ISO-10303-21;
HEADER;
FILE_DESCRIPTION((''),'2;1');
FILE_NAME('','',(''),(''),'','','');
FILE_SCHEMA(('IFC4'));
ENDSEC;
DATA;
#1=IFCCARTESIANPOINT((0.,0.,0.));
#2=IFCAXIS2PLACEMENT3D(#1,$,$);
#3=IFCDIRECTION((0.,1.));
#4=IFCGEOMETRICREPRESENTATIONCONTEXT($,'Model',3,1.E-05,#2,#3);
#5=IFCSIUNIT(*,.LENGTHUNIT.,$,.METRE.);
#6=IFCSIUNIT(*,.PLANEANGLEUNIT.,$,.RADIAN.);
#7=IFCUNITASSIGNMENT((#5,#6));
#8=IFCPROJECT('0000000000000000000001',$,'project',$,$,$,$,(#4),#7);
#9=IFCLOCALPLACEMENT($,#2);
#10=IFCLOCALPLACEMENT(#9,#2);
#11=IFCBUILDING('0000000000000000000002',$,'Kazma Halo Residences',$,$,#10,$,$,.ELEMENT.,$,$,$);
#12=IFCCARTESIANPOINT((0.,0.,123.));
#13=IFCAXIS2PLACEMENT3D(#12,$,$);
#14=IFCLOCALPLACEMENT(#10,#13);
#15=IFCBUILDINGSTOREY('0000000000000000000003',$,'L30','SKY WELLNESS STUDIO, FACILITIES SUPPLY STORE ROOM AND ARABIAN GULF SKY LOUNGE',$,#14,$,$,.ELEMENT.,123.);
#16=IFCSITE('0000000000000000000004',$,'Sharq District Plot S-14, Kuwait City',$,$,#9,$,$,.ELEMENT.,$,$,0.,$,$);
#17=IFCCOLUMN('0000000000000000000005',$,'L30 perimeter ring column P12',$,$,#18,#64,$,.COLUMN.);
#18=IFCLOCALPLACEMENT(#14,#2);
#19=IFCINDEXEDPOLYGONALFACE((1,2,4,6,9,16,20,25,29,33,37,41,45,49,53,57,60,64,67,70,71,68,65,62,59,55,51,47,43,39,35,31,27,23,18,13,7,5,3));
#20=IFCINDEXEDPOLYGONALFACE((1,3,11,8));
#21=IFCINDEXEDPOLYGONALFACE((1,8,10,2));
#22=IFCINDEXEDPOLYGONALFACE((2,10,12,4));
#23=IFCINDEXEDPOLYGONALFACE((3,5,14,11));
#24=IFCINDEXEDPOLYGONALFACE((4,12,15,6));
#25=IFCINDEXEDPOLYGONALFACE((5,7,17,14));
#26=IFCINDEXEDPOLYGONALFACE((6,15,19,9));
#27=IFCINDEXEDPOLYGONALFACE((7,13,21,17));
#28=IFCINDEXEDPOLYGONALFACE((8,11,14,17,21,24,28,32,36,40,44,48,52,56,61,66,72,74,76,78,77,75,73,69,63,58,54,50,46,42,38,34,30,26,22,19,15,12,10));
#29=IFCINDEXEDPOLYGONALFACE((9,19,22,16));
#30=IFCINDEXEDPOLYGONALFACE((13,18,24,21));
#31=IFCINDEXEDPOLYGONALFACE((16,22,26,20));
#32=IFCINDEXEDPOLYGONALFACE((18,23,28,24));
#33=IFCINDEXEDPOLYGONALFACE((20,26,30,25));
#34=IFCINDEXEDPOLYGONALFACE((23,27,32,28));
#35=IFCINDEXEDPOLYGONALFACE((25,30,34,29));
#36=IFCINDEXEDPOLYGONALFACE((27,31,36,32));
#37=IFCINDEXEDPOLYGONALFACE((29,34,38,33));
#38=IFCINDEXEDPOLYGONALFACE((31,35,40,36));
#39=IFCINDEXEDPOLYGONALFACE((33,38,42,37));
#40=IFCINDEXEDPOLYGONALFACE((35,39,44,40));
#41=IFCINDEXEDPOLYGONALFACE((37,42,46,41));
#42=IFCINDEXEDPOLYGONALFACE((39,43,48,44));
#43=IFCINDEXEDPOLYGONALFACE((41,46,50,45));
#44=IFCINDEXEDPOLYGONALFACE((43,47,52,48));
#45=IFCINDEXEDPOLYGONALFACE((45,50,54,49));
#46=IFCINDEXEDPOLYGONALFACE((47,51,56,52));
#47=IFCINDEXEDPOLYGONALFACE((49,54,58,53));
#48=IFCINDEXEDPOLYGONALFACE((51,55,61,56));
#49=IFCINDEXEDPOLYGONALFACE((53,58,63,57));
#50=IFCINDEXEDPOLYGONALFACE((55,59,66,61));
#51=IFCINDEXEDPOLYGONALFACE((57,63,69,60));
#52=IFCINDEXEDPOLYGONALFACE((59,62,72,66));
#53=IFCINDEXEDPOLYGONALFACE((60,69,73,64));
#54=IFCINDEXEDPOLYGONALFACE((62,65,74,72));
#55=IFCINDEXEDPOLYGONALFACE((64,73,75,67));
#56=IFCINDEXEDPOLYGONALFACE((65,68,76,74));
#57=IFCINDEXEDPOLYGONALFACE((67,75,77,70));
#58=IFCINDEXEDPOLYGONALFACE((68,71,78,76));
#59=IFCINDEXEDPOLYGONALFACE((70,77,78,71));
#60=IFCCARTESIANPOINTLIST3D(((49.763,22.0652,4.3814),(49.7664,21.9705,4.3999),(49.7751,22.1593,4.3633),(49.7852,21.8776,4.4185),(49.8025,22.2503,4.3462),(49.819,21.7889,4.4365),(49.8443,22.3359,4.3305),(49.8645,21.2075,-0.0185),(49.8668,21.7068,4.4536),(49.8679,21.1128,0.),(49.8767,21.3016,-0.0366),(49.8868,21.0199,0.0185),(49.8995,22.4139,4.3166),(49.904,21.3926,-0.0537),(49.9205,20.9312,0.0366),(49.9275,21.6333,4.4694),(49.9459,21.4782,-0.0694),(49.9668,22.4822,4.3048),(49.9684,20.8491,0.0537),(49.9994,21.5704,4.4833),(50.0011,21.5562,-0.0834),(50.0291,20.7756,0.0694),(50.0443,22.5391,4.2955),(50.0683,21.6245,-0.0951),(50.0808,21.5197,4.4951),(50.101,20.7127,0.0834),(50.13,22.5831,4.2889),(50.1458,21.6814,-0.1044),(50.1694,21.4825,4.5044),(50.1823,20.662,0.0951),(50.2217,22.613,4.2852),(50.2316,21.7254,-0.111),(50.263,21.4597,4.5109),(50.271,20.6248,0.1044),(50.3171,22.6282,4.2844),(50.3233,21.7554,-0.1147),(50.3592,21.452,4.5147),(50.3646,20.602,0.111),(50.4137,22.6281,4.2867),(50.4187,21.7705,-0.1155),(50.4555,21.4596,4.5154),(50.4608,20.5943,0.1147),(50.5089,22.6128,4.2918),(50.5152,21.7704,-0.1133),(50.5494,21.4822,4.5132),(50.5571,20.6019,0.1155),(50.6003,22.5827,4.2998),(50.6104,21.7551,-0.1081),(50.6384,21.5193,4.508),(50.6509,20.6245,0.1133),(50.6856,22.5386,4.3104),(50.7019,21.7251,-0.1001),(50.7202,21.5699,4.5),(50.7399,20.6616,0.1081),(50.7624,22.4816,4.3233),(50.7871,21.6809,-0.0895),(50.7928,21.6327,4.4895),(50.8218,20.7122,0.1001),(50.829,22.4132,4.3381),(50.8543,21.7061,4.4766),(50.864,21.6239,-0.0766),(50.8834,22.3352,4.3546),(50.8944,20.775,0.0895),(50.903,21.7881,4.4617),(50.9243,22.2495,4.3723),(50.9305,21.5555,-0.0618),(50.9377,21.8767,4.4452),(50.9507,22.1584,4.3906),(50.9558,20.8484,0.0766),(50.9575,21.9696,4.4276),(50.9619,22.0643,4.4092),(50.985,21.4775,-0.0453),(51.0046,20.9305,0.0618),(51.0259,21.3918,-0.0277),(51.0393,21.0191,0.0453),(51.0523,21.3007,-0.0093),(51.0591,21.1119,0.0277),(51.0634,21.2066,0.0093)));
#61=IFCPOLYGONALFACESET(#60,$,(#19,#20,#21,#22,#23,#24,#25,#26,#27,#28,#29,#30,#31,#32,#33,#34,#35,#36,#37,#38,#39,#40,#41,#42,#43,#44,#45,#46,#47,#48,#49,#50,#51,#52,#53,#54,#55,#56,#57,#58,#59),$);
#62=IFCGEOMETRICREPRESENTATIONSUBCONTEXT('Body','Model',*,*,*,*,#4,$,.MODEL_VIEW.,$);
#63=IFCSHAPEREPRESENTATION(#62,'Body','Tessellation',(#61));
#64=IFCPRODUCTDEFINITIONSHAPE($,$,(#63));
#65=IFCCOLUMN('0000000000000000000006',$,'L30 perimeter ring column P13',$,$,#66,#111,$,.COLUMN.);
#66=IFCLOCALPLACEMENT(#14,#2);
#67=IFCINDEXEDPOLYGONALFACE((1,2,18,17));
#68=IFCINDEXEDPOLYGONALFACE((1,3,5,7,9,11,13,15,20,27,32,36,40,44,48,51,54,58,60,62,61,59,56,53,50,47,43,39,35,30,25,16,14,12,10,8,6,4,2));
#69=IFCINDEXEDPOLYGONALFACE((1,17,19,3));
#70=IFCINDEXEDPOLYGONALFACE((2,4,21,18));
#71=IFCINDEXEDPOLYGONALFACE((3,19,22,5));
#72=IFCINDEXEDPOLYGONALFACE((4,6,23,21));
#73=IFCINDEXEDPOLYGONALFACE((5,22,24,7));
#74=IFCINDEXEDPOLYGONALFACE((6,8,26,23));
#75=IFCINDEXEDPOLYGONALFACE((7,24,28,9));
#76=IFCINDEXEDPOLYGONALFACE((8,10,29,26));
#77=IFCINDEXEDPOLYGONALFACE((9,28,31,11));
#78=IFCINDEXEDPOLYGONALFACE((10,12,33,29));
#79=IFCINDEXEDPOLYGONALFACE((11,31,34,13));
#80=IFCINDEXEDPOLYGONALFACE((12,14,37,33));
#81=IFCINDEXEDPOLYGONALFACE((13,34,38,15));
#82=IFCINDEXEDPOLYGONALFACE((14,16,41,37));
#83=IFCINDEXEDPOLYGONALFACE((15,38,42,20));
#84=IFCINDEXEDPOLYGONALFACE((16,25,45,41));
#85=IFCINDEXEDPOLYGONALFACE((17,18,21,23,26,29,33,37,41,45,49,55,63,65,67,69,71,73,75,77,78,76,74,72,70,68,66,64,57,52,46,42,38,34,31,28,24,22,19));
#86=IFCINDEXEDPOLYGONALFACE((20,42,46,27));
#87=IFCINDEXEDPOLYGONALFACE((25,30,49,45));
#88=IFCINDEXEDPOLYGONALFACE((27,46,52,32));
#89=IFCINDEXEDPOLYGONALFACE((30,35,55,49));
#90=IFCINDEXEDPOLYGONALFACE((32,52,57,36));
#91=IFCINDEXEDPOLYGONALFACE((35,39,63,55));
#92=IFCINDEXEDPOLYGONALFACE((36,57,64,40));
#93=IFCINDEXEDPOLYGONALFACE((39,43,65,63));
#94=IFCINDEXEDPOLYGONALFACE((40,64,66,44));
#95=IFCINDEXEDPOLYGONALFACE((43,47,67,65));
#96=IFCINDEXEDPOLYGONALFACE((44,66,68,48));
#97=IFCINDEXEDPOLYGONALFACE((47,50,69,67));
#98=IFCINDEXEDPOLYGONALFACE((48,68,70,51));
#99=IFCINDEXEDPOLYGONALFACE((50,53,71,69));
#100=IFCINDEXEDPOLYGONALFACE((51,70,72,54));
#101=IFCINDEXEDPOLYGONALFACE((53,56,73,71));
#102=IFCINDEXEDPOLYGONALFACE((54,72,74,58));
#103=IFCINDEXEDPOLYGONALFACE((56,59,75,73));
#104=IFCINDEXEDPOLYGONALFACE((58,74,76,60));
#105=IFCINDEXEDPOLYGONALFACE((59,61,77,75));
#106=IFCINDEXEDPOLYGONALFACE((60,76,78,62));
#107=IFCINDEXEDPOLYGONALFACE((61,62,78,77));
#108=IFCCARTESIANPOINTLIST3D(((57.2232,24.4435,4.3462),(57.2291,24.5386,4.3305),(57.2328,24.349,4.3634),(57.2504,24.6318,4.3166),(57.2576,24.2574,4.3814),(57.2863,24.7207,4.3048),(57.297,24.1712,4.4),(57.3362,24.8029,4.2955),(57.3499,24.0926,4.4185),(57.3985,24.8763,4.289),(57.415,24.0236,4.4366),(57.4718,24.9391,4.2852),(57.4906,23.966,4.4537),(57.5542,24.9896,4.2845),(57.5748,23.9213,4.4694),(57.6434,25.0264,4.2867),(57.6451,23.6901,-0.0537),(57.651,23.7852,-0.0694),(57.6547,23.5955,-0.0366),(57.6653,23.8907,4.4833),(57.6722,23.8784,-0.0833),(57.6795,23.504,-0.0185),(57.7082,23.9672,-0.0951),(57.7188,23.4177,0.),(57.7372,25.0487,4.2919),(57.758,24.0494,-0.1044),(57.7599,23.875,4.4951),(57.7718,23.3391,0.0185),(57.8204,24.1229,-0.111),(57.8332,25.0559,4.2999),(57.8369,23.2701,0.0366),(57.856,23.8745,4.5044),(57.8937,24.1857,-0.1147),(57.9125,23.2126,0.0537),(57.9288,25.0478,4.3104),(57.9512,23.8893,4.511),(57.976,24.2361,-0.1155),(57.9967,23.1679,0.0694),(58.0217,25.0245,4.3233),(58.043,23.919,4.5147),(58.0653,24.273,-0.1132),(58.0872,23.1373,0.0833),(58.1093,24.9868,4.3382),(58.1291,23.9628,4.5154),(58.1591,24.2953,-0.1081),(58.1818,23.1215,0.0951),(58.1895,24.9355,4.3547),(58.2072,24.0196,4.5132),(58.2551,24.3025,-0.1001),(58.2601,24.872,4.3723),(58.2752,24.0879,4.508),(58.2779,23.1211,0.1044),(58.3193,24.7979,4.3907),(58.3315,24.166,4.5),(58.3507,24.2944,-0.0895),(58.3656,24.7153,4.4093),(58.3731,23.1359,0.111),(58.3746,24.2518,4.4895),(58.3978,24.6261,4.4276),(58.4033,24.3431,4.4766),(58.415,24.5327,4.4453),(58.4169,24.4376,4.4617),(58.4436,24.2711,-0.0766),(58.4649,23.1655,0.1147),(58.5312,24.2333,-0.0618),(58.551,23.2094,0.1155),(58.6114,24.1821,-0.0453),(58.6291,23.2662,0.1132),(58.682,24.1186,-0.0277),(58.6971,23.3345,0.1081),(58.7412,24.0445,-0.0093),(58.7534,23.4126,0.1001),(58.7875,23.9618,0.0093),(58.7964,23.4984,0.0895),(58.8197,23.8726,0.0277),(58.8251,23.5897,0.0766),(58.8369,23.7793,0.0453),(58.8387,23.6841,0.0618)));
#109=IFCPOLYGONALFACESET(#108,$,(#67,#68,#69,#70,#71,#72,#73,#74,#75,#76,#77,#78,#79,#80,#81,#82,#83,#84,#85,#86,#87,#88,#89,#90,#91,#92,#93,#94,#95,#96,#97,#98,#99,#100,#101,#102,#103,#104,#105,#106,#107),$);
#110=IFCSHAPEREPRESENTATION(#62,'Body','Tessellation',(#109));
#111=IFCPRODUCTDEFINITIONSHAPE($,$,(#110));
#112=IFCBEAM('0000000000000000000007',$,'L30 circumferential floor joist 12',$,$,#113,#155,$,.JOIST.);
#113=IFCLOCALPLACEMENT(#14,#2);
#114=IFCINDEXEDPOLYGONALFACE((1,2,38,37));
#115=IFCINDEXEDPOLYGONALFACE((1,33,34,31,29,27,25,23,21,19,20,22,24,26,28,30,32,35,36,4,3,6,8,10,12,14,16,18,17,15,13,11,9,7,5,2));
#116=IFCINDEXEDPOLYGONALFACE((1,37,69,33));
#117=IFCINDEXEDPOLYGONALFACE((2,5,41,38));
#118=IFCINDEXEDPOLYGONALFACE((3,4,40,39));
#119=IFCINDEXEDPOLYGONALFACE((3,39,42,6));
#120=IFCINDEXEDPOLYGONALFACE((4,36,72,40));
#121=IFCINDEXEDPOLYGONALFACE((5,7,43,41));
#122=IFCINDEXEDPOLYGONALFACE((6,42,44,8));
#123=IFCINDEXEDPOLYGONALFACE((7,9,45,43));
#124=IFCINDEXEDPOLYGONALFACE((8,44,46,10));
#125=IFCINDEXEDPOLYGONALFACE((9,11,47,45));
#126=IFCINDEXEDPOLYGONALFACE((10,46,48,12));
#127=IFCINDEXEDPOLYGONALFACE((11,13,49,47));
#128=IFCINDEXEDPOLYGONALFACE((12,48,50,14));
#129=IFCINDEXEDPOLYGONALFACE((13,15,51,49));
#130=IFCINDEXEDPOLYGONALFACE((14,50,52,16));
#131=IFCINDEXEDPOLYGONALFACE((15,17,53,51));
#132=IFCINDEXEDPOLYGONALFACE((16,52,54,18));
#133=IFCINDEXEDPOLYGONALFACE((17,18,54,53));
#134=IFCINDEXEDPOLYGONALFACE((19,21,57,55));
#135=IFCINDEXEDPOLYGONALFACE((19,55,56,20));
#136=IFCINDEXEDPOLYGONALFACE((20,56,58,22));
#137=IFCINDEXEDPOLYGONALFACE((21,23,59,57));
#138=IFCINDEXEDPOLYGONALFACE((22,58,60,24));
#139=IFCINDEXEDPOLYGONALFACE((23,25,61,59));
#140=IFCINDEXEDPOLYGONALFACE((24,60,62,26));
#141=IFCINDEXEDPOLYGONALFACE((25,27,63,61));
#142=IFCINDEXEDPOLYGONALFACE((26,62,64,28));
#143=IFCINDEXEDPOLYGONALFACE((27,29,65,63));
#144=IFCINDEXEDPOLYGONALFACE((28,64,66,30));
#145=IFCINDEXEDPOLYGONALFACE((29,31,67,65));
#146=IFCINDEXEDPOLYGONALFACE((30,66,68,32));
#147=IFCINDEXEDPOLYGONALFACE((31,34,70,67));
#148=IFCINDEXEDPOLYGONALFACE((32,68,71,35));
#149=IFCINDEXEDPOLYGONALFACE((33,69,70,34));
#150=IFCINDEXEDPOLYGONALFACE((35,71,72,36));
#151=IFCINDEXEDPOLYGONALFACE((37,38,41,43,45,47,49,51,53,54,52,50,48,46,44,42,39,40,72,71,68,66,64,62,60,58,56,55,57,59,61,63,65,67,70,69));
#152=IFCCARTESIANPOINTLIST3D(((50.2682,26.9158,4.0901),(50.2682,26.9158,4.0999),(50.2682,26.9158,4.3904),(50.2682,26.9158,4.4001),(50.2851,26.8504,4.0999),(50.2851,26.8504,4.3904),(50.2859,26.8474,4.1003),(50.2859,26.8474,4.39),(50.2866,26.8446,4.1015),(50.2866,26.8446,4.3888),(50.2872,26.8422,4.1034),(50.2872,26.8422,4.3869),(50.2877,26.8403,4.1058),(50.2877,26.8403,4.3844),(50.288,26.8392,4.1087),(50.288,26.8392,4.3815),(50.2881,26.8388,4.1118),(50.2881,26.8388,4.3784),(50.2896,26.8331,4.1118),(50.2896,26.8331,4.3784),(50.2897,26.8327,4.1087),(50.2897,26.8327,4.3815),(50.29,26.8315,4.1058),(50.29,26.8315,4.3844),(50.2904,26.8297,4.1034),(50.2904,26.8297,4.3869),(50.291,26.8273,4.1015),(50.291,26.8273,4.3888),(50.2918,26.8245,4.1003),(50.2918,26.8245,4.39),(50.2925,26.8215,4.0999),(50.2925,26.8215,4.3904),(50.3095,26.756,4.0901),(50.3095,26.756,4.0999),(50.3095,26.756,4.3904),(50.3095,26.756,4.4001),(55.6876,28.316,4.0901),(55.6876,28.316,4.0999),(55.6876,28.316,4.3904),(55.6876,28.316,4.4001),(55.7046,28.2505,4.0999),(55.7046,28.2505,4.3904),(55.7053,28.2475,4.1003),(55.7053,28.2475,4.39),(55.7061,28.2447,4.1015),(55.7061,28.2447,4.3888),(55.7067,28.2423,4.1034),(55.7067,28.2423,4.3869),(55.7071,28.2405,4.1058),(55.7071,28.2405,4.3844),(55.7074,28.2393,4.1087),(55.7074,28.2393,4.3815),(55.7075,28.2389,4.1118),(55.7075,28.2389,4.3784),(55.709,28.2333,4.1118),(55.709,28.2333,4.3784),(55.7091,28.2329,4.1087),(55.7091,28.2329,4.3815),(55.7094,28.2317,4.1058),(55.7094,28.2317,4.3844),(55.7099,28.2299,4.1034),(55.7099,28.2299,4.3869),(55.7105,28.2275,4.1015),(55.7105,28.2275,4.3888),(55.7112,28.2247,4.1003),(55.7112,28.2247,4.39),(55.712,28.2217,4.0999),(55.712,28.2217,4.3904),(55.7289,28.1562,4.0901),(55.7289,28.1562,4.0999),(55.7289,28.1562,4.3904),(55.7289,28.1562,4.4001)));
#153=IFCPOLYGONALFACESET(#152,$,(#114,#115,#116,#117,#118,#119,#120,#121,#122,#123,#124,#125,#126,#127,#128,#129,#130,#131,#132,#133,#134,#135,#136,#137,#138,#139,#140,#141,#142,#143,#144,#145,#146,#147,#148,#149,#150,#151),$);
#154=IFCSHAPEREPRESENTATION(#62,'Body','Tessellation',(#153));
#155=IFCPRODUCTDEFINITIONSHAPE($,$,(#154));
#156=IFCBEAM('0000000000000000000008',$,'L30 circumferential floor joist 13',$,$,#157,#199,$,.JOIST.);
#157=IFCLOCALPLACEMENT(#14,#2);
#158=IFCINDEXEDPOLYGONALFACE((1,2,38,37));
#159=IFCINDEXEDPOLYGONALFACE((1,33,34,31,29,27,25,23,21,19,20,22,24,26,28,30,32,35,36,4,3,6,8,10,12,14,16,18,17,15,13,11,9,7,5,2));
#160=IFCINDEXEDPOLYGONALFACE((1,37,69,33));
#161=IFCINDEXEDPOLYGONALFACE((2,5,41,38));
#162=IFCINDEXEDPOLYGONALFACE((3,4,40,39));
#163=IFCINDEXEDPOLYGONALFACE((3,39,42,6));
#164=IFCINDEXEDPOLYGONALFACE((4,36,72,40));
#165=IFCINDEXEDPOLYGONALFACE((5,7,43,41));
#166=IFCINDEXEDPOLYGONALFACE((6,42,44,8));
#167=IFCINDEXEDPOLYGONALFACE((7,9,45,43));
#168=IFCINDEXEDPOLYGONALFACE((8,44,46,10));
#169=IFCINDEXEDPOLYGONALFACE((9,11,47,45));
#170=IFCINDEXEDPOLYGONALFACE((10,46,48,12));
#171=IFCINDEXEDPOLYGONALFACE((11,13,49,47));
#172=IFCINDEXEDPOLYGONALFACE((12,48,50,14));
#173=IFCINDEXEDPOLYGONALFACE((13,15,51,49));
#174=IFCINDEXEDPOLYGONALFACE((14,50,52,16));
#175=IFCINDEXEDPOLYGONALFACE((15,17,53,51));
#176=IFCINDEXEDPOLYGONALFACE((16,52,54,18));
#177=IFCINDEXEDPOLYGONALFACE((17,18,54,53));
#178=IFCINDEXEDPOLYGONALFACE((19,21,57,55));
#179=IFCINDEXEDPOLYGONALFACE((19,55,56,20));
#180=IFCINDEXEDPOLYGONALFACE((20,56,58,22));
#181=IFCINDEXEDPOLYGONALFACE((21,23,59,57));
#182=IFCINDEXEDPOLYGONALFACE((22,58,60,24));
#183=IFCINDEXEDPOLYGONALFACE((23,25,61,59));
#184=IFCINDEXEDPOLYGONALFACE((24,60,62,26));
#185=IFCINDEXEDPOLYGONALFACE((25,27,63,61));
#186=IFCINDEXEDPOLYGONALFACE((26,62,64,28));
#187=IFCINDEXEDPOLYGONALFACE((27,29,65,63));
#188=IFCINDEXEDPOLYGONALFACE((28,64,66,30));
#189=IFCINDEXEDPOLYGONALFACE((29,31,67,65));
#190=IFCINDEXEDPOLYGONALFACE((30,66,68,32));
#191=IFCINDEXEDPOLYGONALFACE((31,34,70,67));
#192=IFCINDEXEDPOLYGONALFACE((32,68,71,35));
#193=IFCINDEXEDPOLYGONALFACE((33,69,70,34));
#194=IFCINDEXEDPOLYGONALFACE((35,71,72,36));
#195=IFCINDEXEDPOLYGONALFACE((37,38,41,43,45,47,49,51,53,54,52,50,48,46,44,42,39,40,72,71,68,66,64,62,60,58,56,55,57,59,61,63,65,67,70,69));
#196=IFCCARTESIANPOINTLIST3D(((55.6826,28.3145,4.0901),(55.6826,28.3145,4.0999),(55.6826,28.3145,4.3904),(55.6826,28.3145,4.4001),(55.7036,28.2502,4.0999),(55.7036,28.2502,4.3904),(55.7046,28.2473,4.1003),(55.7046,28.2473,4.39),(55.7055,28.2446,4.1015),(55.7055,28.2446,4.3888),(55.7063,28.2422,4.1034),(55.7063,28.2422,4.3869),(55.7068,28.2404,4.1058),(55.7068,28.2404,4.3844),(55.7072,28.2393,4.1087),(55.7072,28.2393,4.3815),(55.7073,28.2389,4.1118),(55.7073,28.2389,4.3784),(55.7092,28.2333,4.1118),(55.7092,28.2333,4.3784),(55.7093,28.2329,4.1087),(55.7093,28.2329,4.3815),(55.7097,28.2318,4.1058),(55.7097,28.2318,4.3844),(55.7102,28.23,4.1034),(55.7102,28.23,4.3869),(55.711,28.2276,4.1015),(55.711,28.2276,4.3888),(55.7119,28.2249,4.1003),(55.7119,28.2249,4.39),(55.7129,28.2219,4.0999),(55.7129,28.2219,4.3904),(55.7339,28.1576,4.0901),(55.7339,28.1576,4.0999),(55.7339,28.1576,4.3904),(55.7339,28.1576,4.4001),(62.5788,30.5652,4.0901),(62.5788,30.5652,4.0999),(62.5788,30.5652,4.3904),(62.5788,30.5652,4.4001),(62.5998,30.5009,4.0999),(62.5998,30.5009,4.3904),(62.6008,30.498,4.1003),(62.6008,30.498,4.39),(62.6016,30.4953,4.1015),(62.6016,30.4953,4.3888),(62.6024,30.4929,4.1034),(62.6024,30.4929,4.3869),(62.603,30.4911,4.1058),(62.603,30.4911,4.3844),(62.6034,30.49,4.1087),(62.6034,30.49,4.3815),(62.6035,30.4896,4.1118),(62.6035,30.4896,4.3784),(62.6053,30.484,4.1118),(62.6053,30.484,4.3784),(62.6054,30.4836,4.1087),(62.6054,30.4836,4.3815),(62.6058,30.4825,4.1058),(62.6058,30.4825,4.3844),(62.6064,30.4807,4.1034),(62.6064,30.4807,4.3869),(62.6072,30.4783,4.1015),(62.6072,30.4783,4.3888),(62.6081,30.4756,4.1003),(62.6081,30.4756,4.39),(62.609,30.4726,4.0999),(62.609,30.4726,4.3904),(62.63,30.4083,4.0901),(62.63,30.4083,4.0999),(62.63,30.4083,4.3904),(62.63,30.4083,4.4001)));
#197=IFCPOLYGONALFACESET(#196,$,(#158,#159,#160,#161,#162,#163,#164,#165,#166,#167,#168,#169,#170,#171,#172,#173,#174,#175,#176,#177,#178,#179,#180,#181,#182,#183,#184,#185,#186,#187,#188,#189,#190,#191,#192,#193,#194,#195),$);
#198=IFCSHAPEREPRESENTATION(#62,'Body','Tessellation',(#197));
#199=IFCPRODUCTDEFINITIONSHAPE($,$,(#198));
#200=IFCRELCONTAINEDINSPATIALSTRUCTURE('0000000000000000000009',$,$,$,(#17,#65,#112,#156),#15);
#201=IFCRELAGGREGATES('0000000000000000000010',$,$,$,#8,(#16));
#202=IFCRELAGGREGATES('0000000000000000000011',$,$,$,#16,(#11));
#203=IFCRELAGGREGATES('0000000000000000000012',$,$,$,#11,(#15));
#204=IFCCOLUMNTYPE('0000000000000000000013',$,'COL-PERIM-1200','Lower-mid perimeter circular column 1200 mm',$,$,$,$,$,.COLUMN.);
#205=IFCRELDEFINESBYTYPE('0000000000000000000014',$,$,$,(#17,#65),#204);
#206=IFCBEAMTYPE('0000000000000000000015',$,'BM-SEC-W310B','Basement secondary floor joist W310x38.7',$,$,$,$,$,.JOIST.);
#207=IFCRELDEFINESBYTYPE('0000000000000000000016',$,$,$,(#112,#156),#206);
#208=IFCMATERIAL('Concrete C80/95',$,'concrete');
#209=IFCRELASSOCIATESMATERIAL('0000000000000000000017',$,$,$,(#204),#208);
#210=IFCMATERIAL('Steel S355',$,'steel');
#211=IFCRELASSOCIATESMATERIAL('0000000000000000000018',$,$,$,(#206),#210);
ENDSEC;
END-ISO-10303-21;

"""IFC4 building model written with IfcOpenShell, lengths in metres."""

from ifc_helpers import new_model, si_unit, direction, frame, origin, origin_2d, place, context, subcontext, project, spatial, circle, i_section, extrude, material, material_profile, profile_set, type_object, element, save


model = new_model("IFC4")

# Units and contexts
model_context = context("Model", 3, precision=1e-05, world=origin(), true_north=direction((0.0, 1.0)))
body_context = subcontext(model_context, "Body", "Model", "MODEL_VIEW")
ifc_project = project(units=[si_unit("LENGTHUNIT", "METRE"), si_unit("PLANEANGLEUNIT", "RADIAN")], contexts=[model_context])

# Site, building, storey
site_placement = place(None, origin())
site = spatial("IfcSite", under=ifc_project, at=site_placement, Name="Sharq District Plot S-14, Kuwait City", CompositionType="ELEMENT", RefElevation=0.0)
building_placement = place(site_placement, origin())
building = spatial("IfcBuilding", under=site, at=building_placement, Name="Kazma Halo Residences", CompositionType="ELEMENT")
storey_placement = place(building_placement, frame((0.0, 0.0, 123.0)))
storey = spatial("IfcBuildingStorey", under=building, at=storey_placement, Name="L30", Description="SKY WELLNESS STUDIO, FACILITIES SUPPLY STORE ROOM AND ARABIAN GULF SKY LOUNGE", CompositionType="ELEMENT", Elevation=123.0)

# Columns
ifc_material_1 = material(Name="Concrete C80/95", Category="concrete")
ifc_material_profile_1 = material_profile(ifc_material_1, circle(Radius=0.6001, at=origin_2d()), Name="CIRC1200")
ifc_profile_set_1 = profile_set([ifc_material_profile_1], Name="Concrete C80/95")
column_type = type_object("IfcColumnType", Name="COL-PERIM-1200", Description="Lower-mid perimeter circular column 1200 mm", PredefinedType="COLUMN", material=ifc_profile_set_1)
for number, where, z_axis, x_axis, name in (
    (1, (50.4639, 21.1833, 0.0), (-0.022651, 0.191278, 0.981274), (-0.993062, -0.117596, 0.0), "L30 perimeter ring column P12"),
    (2, (58.2424, 23.7109, 0.0), (-0.094088, 0.16803, 0.981282), (-0.872525, -0.488569, 0.0), "L30 perimeter ring column P13"),
):
    element("IfcColumn", number, at=place(storey_placement, frame(where, z_axis=z_axis, x_axis=x_axis)), inside=storey, type_object=column_type, Name=name, PredefinedType="COLUMN", context=body_context, shape_type="SweptSolid", body=[
        extrude(circle(Radius=0.6001, at=origin_2d()), origin(), (0.0, 0.0, 1.0), 4.4839),
    ])

# Beams
ifc_material_2 = material(Name="Steel S355", Category="steel")
ifc_material_profile_2 = material_profile(ifc_material_2, i_section(OverallWidth=0.165, OverallDepth=0.3101, WebThickness=0.0059, FlangeThickness=0.0098, FilletRadius=0.012, at=origin_2d()), Name="W310x38.7")
ifc_profile_set_2 = profile_set([ifc_material_profile_2], Name="Steel S355")
beam_type_1 = type_object("IfcBeamType", Name="BM-SEC-W310B", Description="Basement secondary floor joist W310x38.7", PredefinedType="JOIST", material=ifc_profile_set_2)
beam_1_placement = place(storey_placement, frame((50.2888, 26.8359, 4.2451), z_axis=(0.968209, 0.250143, 0.0), x_axis=(-0.250143, 0.968209, 0.0)))
element("IfcBeam", 3, at=beam_1_placement, inside=storey, type_object=beam_type_1, Name="L30 circumferential floor joist 12", PredefinedType="JOIST", context=body_context, shape_type="SweptSolid", body=[
    extrude(i_section(OverallWidth=0.165, OverallDepth=0.3101, WebThickness=0.0059, FlangeThickness=0.0098, FilletRadius=0.012, at=origin_2d()), origin(), (0.0, 0.0, 1.0), 5.5974),
])
beam_2_placement = place(storey_placement, frame((55.7083, 28.2361, 4.2451), z_axis=(0.95065, 0.310265, 0.0), x_axis=(-0.310265, 0.95065, 0.0)))
element("IfcBeam", 4, at=beam_2_placement, inside=storey, type_object=beam_type_1, Name="L30 circumferential floor joist 13", PredefinedType="JOIST", context=body_context, shape_type="SweptSolid", body=[
    extrude(i_section(OverallWidth=0.165, OverallDepth=0.3101, WebThickness=0.0059, FlangeThickness=0.0098, FilletRadius=0.012, at=origin_2d()), origin(), (0.0, 0.0, 1.0), 7.2542),
])

save(model, "model.ifc")
